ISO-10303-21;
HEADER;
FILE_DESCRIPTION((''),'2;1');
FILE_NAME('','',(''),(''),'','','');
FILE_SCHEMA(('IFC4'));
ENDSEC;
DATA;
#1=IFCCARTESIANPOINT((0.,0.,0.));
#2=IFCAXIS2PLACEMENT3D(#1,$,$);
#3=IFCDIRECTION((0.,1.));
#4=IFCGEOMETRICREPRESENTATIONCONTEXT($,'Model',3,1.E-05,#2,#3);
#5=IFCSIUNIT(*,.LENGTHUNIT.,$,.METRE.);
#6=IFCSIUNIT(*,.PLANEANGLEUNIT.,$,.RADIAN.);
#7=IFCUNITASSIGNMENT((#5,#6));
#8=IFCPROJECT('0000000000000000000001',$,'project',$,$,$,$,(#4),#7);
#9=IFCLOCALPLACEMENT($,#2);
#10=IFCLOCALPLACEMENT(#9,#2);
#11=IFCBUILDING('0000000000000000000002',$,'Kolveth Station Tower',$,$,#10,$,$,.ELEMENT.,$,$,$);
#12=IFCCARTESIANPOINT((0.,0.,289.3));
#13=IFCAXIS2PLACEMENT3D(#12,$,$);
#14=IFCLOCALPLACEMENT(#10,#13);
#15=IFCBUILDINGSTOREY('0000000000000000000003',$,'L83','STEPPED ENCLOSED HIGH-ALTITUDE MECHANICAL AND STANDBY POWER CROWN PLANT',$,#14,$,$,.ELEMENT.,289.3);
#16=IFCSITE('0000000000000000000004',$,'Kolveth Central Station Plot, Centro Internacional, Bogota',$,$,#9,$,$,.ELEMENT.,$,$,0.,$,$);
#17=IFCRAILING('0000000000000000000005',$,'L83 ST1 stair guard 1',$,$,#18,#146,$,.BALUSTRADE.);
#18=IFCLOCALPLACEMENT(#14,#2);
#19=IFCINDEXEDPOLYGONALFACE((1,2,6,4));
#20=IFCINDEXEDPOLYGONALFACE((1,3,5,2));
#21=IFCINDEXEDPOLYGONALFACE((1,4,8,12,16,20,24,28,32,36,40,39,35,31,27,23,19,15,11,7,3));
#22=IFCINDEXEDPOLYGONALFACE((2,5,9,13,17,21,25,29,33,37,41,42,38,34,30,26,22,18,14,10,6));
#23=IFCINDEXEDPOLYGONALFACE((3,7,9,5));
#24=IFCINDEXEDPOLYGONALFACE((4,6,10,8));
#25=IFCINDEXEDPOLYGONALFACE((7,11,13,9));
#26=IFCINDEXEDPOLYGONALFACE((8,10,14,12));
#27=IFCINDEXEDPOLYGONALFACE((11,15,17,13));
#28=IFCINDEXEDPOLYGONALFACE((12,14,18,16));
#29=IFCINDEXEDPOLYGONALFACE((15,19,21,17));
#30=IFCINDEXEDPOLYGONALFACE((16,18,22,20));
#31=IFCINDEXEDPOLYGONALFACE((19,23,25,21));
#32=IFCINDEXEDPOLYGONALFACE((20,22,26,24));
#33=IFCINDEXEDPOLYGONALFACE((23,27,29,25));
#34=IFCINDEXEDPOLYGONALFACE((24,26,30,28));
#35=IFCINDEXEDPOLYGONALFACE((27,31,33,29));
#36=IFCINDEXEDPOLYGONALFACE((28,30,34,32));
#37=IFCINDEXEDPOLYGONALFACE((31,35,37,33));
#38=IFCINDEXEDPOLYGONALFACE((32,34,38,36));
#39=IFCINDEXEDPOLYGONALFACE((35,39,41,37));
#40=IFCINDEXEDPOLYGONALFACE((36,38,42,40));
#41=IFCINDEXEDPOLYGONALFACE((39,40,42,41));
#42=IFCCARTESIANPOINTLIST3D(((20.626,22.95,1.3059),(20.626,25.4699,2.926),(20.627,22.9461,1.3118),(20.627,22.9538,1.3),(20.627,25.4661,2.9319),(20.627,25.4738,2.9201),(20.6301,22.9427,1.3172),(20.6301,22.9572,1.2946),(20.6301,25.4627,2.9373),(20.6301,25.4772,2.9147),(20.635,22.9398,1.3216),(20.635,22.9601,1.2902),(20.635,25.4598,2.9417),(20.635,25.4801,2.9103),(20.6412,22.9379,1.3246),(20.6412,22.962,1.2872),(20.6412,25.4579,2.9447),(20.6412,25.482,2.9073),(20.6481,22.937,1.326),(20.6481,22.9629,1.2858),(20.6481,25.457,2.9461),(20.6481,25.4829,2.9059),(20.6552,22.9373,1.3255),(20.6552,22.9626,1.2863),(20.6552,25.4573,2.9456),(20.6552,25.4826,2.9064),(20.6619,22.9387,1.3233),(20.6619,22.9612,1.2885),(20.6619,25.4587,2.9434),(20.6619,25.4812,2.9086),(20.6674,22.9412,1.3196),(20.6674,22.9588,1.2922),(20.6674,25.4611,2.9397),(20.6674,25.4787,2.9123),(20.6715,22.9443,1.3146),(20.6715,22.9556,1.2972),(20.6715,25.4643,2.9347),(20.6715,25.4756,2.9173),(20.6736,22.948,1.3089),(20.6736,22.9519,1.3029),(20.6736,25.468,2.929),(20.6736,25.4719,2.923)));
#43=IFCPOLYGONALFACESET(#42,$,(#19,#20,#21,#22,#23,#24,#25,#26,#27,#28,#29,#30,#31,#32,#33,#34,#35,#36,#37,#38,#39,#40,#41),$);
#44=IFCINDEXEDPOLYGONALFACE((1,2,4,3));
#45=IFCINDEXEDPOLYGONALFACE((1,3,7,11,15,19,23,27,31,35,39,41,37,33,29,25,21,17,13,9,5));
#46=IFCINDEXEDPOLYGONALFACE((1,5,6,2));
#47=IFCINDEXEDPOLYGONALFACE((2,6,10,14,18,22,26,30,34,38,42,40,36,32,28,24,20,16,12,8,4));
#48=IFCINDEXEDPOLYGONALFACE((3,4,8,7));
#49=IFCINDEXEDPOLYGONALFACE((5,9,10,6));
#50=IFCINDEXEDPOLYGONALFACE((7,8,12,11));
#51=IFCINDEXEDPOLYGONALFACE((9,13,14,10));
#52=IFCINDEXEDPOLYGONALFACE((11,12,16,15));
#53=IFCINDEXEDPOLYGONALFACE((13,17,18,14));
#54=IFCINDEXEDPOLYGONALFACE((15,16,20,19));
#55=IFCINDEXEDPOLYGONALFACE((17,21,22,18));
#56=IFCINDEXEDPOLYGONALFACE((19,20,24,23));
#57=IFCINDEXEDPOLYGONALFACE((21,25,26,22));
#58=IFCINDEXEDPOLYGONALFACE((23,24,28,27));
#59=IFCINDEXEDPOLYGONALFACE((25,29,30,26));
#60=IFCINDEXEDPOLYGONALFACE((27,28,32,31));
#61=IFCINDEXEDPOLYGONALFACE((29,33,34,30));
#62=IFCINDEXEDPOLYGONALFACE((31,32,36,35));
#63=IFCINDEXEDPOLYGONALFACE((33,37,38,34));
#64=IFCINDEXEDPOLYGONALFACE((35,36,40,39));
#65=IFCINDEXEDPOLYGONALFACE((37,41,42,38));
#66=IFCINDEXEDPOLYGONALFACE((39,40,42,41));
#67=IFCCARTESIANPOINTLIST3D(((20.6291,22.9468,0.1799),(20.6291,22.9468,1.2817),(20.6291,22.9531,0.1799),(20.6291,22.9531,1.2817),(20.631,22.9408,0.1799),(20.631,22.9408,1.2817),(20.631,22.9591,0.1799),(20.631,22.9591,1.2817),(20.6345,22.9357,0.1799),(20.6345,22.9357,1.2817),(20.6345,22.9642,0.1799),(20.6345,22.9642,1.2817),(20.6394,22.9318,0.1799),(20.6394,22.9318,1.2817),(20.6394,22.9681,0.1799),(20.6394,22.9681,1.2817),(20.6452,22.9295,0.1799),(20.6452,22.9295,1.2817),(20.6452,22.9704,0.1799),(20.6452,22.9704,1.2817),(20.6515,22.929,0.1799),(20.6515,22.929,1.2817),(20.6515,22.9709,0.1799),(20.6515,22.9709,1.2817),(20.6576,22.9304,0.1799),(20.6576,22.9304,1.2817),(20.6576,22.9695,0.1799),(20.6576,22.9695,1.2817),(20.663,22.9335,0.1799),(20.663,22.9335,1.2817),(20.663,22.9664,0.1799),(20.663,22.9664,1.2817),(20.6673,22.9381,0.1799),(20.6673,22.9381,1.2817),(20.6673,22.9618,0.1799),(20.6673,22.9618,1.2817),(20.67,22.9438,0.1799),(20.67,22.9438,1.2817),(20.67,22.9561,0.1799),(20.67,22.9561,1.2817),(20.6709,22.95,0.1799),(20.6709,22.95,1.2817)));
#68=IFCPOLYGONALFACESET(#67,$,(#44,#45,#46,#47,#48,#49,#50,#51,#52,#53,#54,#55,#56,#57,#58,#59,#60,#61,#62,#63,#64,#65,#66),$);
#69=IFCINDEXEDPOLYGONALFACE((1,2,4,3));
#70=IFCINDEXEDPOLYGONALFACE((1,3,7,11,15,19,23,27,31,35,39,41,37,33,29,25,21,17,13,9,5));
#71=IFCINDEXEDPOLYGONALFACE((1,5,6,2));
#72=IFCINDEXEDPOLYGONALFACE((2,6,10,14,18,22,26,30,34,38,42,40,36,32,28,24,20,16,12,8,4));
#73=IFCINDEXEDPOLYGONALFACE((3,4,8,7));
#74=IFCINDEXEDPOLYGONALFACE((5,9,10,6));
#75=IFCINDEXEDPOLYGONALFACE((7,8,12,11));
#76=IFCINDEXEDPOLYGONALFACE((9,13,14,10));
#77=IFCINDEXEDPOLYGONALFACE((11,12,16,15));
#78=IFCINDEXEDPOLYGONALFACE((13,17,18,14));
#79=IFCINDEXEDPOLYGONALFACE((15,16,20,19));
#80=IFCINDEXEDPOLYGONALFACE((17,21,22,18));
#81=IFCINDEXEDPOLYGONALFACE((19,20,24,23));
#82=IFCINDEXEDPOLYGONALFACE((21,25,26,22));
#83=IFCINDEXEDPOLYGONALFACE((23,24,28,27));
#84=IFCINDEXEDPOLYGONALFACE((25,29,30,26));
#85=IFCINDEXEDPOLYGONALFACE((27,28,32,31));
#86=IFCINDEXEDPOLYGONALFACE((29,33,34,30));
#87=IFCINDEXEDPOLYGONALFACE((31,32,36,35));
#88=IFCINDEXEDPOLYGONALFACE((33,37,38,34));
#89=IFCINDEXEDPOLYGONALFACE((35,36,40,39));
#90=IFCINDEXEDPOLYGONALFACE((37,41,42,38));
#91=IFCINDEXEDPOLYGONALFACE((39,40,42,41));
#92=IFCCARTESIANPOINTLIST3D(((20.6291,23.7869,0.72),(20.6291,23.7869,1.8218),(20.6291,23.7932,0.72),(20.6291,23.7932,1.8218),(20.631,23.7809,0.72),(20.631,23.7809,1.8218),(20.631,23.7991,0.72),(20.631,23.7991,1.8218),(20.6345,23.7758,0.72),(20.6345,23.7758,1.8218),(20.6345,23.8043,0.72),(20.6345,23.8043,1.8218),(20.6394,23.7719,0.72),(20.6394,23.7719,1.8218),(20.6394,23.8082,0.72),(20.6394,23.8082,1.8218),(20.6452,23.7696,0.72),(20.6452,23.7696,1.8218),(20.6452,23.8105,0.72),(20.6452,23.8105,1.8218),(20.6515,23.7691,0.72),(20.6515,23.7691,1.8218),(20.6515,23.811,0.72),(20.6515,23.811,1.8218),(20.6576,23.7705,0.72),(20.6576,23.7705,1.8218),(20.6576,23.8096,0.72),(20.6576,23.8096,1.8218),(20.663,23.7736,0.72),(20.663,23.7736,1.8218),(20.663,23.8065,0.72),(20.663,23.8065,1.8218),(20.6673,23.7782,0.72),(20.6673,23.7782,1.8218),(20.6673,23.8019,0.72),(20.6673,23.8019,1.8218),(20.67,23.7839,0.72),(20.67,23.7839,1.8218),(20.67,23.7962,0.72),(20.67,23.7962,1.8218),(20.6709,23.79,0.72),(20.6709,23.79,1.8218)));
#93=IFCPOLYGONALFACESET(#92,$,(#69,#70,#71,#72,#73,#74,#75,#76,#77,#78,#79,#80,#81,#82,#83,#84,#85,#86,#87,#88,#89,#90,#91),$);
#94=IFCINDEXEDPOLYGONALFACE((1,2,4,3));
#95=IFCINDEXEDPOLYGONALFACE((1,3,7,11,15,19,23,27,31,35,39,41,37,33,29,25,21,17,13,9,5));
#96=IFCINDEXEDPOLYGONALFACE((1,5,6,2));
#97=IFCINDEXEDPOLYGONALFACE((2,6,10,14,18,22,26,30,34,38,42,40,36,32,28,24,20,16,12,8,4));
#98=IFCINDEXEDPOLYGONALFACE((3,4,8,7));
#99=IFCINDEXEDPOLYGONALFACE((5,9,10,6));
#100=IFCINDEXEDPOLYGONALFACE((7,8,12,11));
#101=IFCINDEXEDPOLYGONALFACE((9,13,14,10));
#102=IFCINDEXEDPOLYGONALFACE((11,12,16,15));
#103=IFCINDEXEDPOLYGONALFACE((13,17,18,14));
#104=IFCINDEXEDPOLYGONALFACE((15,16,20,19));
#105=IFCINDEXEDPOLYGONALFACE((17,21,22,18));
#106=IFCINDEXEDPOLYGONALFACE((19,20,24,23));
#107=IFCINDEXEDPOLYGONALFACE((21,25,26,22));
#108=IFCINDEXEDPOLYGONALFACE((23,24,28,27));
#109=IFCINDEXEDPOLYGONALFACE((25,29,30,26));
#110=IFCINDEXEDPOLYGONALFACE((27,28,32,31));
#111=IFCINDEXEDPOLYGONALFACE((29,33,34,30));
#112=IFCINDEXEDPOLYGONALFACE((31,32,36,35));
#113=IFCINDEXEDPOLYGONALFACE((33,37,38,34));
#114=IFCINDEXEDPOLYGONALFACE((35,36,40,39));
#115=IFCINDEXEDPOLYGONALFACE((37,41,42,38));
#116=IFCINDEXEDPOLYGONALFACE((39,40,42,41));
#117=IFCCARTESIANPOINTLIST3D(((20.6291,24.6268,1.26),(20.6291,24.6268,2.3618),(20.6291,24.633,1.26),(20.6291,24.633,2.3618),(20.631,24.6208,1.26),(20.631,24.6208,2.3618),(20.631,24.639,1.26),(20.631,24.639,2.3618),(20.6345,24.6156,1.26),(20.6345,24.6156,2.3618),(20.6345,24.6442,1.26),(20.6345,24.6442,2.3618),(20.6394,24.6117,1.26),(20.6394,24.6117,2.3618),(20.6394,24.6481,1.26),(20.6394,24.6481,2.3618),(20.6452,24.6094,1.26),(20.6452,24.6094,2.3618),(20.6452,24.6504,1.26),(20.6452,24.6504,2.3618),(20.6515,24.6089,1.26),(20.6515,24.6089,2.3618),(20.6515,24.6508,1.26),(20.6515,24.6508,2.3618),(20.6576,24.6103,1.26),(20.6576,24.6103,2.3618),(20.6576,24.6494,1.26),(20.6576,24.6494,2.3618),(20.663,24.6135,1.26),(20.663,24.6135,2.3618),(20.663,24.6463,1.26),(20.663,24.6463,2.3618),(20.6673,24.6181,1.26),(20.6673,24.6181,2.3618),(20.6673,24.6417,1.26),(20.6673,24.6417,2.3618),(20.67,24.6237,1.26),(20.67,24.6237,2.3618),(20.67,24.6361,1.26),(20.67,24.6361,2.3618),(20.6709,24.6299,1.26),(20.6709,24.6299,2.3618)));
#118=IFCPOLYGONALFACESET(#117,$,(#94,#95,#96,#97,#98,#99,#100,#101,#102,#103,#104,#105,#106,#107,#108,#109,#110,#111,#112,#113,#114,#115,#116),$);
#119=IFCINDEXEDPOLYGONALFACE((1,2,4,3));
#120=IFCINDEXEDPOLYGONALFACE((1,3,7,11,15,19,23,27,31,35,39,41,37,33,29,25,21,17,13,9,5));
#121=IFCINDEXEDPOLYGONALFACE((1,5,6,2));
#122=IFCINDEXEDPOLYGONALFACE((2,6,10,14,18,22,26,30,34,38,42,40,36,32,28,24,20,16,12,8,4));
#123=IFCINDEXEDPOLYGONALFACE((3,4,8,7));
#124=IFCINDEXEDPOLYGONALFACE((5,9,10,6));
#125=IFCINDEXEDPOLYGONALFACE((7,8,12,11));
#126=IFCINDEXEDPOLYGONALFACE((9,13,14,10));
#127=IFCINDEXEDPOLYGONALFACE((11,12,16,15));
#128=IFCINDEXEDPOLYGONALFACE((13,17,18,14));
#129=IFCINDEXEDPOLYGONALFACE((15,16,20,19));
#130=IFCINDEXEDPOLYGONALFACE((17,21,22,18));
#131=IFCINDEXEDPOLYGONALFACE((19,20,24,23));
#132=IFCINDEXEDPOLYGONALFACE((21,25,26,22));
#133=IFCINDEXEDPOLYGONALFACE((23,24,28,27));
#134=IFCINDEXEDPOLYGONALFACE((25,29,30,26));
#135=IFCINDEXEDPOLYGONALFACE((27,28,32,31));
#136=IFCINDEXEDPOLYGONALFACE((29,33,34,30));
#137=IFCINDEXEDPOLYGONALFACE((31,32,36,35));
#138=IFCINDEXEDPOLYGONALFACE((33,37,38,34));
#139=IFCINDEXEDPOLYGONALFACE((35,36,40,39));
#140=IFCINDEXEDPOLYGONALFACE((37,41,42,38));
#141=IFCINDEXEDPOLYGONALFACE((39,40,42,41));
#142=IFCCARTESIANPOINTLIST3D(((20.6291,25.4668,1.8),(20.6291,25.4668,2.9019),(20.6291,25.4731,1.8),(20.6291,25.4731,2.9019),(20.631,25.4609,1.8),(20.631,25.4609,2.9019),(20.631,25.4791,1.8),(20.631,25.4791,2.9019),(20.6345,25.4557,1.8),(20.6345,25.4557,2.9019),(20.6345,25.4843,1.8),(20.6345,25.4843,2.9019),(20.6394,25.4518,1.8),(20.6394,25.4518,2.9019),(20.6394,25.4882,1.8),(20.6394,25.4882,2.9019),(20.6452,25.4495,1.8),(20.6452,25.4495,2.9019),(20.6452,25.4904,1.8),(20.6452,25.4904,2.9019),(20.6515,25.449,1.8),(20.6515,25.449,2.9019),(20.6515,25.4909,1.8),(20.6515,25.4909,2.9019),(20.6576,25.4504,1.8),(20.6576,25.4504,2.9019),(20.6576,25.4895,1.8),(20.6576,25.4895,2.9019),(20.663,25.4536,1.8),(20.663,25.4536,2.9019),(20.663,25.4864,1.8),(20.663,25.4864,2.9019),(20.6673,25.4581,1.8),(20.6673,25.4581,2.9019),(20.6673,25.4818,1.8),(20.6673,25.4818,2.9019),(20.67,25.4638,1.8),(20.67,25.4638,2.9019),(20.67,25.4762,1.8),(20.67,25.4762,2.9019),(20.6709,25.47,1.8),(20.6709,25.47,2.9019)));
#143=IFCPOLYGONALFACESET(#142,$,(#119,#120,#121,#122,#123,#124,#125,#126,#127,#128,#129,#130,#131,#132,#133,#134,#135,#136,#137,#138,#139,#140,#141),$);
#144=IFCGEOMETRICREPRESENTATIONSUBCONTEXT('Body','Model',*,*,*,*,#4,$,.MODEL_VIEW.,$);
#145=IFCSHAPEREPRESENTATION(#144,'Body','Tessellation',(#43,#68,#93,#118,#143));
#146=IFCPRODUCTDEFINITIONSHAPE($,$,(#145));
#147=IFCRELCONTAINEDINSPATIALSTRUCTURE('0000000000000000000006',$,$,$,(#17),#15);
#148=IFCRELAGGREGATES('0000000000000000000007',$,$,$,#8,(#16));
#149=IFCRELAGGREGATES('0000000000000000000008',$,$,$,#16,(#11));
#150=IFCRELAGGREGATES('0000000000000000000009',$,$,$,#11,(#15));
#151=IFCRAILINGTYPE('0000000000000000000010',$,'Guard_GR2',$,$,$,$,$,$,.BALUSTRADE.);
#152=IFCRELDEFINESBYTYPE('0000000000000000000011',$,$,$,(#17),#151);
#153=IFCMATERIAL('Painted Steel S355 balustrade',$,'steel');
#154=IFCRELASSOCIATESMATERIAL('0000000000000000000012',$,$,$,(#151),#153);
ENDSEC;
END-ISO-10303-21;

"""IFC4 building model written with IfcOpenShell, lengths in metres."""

from ifc_helpers import new_model, si_unit, direction, frame, origin, origin_2d, place, context, subcontext, project, spatial, circle, extrude, material, type_object, element, save


model = new_model("IFC4")

# Units and contexts
model_context = context("Model", 3, precision=1e-05, world=origin(), true_north=direction((0.0, 1.0)))
body_context = subcontext(model_context, "Body", "Model", "MODEL_VIEW")
ifc_project = project(units=[si_unit("LENGTHUNIT", "METRE"), si_unit("PLANEANGLEUNIT", "RADIAN")], contexts=[model_context])

# Site, building, storey
site_placement = place(None, origin())
site = spatial("IfcSite", under=ifc_project, at=site_placement, Name="Kolveth Central Station Plot, Centro Internacional, Bogota", CompositionType="ELEMENT", RefElevation=0.0)
building_placement = place(site_placement, origin())
building = spatial("IfcBuilding", under=site, at=building_placement, Name="Kolveth Station Tower", CompositionType="ELEMENT")
storey_placement = place(building_placement, frame((0.0, 0.0, 289.3)))
storey = spatial("IfcBuildingStorey", under=building, at=storey_placement, Name="L83", Description="STEPPED ENCLOSED HIGH-ALTITUDE MECHANICAL AND STANDBY POWER CROWN PLANT", CompositionType="ELEMENT", Elevation=289.3)

# Railing
ifc_material_1 = material(Name="Painted Steel S355 balustrade", Category="steel")
railing_type_1 = type_object("IfcRailingType", Name="Guard_GR2", PredefinedType="BALUSTRADE", material=ifc_material_1)
railing_1_placement = place(storey_placement, frame((20.6499, 22.95, 0.1799)))
element("IfcRailing", 1, at=railing_1_placement, inside=storey, type_object=railing_type_1, Name="L83 ST1 stair guard 1", PredefinedType="BALUSTRADE", context=body_context, shape_type="SweptSolid", body=[
    extrude(circle(Radius=0.0239, at=origin_2d()), frame((0.0, 0.0, 1.126), z_axis=(0.0, 0.841163, 0.540782), x_axis=(-1.0, 0.0, 0.0)), (0.0, 0.0, 1.0), 2.9958),
    extrude(circle(Radius=0.021, at=origin_2d()), origin(), (0.0, 0.0, 1.0), 1.1018),
    extrude(circle(Radius=0.021, at=origin_2d()), frame((0.0, 0.8401, 0.54)), (0.0, 0.0, 1.0), 1.1018),
    extrude(circle(Radius=0.021, at=origin_2d()), frame((0.0, 1.6799, 1.0801)), (0.0, 0.0, 1.0), 1.1018),
    extrude(circle(Radius=0.021, at=origin_2d()), frame((0.0, 2.52, 1.6201)), (0.0, 0.0, 1.0), 1.1018),
])

save(model, "model.ifc")
